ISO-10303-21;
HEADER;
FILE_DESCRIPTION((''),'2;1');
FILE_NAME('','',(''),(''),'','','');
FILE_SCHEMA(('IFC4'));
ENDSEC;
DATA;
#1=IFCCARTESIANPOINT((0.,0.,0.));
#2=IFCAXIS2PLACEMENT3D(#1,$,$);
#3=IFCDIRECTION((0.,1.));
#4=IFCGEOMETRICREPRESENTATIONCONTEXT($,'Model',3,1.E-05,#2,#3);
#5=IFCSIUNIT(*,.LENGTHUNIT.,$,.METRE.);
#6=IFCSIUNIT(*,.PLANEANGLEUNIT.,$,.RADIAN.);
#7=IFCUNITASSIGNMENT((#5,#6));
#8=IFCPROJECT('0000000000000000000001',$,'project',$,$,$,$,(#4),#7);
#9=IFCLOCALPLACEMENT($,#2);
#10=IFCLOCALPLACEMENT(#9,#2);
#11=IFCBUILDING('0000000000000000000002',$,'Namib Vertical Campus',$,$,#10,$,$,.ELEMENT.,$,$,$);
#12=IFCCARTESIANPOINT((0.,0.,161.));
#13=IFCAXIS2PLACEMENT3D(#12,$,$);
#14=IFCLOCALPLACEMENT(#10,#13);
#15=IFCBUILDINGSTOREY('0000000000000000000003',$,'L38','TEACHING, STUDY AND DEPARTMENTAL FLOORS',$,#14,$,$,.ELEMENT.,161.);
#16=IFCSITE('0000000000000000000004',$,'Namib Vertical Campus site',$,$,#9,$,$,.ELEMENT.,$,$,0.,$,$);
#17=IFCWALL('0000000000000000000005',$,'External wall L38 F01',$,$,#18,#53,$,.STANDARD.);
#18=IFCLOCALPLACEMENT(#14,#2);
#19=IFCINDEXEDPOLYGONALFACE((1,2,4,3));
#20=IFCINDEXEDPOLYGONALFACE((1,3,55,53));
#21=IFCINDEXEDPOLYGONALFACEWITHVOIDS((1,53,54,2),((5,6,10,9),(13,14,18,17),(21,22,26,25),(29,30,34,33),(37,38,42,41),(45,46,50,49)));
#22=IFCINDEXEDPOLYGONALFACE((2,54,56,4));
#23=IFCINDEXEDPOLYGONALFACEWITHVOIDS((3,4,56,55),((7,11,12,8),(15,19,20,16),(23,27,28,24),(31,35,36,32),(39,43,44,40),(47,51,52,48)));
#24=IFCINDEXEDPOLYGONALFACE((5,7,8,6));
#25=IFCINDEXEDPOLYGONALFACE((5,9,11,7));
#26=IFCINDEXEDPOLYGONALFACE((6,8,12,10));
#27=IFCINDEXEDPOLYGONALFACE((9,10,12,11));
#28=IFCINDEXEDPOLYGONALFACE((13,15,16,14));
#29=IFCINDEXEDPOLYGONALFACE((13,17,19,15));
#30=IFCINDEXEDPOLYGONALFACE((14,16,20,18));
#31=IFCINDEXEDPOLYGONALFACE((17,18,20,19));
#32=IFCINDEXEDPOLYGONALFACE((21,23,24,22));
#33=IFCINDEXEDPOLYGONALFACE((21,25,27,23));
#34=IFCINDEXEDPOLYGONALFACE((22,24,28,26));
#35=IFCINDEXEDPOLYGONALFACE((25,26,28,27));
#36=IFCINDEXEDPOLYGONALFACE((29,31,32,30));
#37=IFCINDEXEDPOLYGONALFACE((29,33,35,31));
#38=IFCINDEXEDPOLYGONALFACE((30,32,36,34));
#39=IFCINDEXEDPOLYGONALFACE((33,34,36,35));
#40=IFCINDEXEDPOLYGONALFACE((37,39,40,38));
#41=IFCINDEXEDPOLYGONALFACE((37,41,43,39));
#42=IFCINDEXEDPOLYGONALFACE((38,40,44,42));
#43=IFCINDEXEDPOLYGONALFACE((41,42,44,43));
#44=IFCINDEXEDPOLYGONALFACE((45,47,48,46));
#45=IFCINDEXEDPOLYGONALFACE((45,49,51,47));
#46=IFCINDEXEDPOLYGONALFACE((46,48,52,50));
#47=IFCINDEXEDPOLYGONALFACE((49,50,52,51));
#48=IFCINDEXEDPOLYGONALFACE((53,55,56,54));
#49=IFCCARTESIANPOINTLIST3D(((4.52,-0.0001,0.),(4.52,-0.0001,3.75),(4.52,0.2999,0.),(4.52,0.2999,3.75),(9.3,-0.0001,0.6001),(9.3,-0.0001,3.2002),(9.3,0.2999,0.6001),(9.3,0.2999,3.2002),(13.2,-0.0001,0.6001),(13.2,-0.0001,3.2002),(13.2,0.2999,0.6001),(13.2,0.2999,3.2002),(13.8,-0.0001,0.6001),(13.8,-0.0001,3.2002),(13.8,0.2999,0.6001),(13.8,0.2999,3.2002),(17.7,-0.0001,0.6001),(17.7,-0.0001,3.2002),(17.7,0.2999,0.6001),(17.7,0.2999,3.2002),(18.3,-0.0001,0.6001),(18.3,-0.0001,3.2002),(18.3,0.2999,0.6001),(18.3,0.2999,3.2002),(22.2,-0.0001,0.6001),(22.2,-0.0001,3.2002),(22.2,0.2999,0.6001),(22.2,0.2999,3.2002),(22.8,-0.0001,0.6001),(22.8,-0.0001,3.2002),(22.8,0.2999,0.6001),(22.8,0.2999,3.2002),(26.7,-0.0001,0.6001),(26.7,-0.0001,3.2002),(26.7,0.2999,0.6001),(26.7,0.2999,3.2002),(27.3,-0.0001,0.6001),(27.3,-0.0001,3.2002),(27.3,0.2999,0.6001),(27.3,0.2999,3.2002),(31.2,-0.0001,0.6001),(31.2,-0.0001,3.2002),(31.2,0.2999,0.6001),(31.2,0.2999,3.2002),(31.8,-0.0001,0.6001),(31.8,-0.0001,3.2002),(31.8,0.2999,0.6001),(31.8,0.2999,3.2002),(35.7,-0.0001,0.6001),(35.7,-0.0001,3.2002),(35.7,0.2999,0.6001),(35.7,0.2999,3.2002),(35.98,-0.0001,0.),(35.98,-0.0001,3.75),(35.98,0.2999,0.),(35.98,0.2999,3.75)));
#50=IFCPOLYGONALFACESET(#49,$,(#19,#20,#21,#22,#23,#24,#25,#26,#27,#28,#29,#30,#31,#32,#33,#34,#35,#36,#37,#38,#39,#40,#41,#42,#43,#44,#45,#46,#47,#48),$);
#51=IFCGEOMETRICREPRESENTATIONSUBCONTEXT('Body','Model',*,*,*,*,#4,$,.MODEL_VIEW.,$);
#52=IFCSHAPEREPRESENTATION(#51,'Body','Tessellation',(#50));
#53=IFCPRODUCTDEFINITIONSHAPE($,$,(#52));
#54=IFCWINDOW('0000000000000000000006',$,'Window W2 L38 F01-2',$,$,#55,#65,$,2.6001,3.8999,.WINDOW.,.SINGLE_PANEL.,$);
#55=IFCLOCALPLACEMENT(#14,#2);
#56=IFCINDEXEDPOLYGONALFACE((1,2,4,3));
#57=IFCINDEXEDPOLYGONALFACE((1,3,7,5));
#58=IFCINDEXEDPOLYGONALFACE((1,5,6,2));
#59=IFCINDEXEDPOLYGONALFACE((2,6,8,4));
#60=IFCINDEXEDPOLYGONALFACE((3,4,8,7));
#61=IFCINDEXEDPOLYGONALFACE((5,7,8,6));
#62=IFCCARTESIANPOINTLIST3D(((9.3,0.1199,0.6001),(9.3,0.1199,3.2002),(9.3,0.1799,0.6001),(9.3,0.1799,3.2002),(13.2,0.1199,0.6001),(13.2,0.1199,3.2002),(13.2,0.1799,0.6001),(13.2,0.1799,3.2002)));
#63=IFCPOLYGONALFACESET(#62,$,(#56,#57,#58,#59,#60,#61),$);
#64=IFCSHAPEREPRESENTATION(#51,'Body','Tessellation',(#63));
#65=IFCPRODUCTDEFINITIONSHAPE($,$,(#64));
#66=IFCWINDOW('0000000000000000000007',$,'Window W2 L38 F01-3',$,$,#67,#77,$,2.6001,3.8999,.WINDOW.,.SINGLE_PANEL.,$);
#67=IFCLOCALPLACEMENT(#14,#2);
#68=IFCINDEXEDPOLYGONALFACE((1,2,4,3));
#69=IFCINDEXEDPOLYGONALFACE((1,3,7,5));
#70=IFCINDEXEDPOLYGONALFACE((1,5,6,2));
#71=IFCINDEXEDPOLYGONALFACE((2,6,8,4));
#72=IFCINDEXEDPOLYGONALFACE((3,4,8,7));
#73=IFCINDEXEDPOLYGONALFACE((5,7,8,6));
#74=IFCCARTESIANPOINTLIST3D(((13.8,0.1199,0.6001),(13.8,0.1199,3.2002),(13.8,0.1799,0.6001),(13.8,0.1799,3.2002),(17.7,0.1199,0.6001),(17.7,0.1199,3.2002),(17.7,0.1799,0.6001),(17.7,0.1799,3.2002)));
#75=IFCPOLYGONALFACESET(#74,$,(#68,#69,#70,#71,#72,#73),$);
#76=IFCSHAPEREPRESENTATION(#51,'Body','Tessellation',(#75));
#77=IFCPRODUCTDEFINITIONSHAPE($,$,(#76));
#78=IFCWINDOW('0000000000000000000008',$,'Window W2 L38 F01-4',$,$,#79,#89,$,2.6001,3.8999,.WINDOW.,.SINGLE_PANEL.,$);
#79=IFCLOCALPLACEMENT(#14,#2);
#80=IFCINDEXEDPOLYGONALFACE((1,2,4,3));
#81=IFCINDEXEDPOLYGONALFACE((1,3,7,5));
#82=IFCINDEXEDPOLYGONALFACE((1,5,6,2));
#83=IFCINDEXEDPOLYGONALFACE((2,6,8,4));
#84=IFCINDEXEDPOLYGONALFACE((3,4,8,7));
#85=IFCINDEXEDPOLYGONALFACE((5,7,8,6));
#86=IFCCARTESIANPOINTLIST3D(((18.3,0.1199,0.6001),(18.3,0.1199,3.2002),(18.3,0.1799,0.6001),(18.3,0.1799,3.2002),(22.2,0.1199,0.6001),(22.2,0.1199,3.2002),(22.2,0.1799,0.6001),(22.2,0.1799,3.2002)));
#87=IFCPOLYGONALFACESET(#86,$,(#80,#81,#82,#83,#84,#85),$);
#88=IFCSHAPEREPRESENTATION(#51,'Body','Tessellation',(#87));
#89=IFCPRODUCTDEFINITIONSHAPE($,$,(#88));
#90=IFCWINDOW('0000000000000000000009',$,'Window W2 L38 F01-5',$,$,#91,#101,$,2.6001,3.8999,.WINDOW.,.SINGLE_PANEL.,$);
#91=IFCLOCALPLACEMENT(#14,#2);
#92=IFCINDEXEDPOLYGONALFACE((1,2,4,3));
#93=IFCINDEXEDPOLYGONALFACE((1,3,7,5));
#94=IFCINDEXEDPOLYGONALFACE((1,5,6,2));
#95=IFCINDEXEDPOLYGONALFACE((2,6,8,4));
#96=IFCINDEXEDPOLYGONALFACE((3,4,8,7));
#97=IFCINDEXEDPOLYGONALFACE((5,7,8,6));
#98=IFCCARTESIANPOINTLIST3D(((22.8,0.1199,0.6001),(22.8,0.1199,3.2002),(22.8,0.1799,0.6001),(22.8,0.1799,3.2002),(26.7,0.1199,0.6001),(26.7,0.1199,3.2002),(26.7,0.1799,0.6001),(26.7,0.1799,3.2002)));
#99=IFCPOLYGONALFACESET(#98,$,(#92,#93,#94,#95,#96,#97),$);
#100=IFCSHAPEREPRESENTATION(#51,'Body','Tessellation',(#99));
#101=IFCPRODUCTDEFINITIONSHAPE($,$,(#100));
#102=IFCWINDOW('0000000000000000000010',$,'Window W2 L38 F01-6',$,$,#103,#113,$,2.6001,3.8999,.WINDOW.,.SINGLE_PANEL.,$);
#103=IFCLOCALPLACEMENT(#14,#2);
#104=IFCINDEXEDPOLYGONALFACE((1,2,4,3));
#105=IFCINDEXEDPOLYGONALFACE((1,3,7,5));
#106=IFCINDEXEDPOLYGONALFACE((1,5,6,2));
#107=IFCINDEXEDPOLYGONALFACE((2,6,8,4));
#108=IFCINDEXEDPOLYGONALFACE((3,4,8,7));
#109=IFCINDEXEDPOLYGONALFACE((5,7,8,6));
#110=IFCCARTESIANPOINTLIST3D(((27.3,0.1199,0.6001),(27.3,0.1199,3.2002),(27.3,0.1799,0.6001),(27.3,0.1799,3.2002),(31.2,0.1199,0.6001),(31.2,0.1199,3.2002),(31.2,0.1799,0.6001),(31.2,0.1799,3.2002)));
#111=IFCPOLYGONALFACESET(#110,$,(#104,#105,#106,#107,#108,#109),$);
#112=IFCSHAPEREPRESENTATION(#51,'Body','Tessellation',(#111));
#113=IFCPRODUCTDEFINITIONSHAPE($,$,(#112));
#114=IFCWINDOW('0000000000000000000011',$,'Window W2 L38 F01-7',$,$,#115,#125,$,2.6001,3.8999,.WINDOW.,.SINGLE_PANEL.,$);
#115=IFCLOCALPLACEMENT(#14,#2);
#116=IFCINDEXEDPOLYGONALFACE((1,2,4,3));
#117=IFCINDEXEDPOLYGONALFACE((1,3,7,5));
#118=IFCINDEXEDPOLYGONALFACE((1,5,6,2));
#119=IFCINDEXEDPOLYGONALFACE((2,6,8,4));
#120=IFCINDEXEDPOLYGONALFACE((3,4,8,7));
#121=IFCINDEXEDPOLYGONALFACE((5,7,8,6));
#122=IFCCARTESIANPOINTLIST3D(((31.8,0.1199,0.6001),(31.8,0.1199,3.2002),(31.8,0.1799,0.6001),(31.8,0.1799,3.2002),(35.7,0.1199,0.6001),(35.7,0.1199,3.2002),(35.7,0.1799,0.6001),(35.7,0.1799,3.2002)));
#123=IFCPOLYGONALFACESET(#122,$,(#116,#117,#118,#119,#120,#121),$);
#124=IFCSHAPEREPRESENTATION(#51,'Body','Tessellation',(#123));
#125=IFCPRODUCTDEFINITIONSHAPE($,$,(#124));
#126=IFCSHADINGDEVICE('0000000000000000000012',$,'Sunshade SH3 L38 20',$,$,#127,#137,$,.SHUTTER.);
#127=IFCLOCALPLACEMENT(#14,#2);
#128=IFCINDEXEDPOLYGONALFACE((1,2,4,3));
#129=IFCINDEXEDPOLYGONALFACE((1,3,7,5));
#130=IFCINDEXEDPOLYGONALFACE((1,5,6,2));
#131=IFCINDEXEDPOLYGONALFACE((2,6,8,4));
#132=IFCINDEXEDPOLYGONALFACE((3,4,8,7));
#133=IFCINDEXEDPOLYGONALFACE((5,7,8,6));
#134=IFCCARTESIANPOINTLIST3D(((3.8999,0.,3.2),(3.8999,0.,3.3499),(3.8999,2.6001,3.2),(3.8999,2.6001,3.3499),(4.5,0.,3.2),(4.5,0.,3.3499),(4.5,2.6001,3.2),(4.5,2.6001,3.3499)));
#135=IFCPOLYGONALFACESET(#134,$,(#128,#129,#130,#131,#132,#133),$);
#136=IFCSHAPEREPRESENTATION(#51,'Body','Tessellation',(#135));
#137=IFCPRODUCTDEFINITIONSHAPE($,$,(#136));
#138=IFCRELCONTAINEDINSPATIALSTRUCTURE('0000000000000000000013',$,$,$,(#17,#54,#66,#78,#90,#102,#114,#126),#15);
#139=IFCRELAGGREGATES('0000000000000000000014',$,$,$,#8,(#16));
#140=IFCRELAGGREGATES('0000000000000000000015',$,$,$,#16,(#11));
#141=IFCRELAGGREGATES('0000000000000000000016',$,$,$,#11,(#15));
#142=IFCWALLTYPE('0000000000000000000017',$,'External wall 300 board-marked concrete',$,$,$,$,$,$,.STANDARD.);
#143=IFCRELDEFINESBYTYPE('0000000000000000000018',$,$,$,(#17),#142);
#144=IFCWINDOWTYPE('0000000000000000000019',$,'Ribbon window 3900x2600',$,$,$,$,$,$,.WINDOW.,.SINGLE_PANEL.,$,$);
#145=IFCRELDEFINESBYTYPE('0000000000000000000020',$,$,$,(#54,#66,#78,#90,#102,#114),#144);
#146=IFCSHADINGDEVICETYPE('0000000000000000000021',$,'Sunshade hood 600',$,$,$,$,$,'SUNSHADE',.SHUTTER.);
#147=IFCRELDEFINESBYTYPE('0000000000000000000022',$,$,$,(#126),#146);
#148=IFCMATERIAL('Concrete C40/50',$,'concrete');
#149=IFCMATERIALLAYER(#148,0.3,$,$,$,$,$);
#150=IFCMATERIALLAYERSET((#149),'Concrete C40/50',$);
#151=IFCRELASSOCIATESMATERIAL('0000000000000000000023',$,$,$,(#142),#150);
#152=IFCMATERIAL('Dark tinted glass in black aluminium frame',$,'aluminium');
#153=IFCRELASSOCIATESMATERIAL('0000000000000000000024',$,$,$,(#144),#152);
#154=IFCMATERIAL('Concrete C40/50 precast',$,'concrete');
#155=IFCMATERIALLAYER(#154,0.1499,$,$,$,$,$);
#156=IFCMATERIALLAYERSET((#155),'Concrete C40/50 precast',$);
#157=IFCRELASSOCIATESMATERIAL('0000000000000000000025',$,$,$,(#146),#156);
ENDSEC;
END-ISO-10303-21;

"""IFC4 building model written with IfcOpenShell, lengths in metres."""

from ifc_helpers import new_model, si_unit, direction, frame, frame_2d, origin, origin_2d, place, context, subcontext, project, spatial, rectangle, extrude, material, layer, layer_set, type_object, element, fill, save


model = new_model("IFC4")

# Units and contexts
model_context = context("Model", 3, precision=1e-05, world=origin(), true_north=direction((0.0, 1.0)))
body_context = subcontext(model_context, "Body", "Model", "MODEL_VIEW")
ifc_project = project(units=[si_unit("LENGTHUNIT", "METRE"), si_unit("PLANEANGLEUNIT", "RADIAN")], contexts=[model_context])

# Site, building, storey
site_placement = place(None, origin())
site = spatial("IfcSite", under=ifc_project, at=site_placement, Name="Namib Vertical Campus site", CompositionType="ELEMENT", RefElevation=0.0)
building_placement = place(site_placement, origin())
building = spatial("IfcBuilding", under=site, at=building_placement, Name="Namib Vertical Campus", CompositionType="ELEMENT")
storey_placement = place(building_placement, frame((0.0, 0.0, 161.0)))
storey = spatial("IfcBuildingStorey", under=building, at=storey_placement, Name="L38", Description="TEACHING, STUDY AND DEPARTMENTAL FLOORS", CompositionType="ELEMENT", Elevation=161.0)

# Wall, openings, windows
ifc_material_1 = material(Name="Concrete C40/50", Category="concrete")
ifc_layer_1 = layer(ifc_material_1, 0.3)
ifc_layer_set_1 = layer_set([ifc_layer_1], Name="Concrete C40/50")
wall_type = type_object("IfcWallType", Name="External wall 300 board-marked concrete", PredefinedType="STANDARD", material=ifc_layer_set_1)
wall_placement = place(storey_placement, frame((4.52, 0.1499, 0.0), z_axis=(0.0, 0.0, 1.0), x_axis=(1.0, 0.0, 0.0)))
wall = element("IfcWall", 1, at=wall_placement, inside=storey, type_object=wall_type, Name="External wall L38 F01", PredefinedType="STANDARD", context=body_context, shape_type="SweptSolid", body=[
    extrude(rectangle(XDim=31.46, YDim=0.3, at=frame_2d((15.73, 0.0))), origin(), (0.0, 0.0, 1.0), 3.75),
])
opening_1_placement = place(wall_placement, frame((4.78, 0.0, 0.6001)))
opening_1 = element("IfcOpeningElement", 2, at=opening_1_placement, cuts=wall, PredefinedType="OPENING", context=body_context, shape_type="SweptSolid", body=[
    extrude(rectangle(XDim=3.8999, YDim=2.6001, at=frame_2d((1.95, 1.3))), frame((0.0, 0.1599, 0.0), z_axis=(0.0, -1.0, 0.0), x_axis=(1.0, 0.0, 0.0)), (0.0, 0.0, 1.0), 0.3201),
])
opening_2_placement = place(wall_placement, frame((9.28, 0.0, 0.6001)))
opening_2 = element("IfcOpeningElement", 3, at=opening_2_placement, cuts=wall, PredefinedType="OPENING", context=body_context, shape_type="SweptSolid", body=[
    extrude(rectangle(XDim=3.8999, YDim=2.6001, at=frame_2d((1.95, 1.3))), frame((0.0, 0.1599, 0.0), z_axis=(0.0, -1.0, 0.0), x_axis=(1.0, 0.0, 0.0)), (0.0, 0.0, 1.0), 0.3201),
])
opening_3_placement = place(wall_placement, frame((13.78, 0.0, 0.6001)))
opening_3 = element("IfcOpeningElement", 4, at=opening_3_placement, cuts=wall, PredefinedType="OPENING", context=body_context, shape_type="SweptSolid", body=[
    extrude(rectangle(XDim=3.8999, YDim=2.6001, at=frame_2d((1.95, 1.3))), frame((0.0, 0.1599, 0.0), z_axis=(0.0, -1.0, 0.0), x_axis=(1.0, 0.0, 0.0)), (0.0, 0.0, 1.0), 0.3201),
])
opening_4_placement = place(wall_placement, frame((18.28, 0.0, 0.6001)))
opening_4 = element("IfcOpeningElement", 5, at=opening_4_placement, cuts=wall, PredefinedType="OPENING", context=body_context, shape_type="SweptSolid", body=[
    extrude(rectangle(XDim=3.8999, YDim=2.6001, at=frame_2d((1.95, 1.3))), frame((0.0, 0.1599, 0.0), z_axis=(0.0, -1.0, 0.0), x_axis=(1.0, 0.0, 0.0)), (0.0, 0.0, 1.0), 0.3201),
])
opening_5_placement = place(wall_placement, frame((22.78, 0.0, 0.6001)))
opening_5 = element("IfcOpeningElement", 6, at=opening_5_placement, cuts=wall, PredefinedType="OPENING", context=body_context, shape_type="SweptSolid", body=[
    extrude(rectangle(XDim=3.8999, YDim=2.6001, at=frame_2d((1.95, 1.3))), frame((0.0, 0.1599, 0.0), z_axis=(0.0, -1.0, 0.0), x_axis=(1.0, 0.0, 0.0)), (0.0, 0.0, 1.0), 0.3201),
])
opening_6_placement = place(wall_placement, frame((27.28, 0.0, 0.6001)))
opening_6 = element("IfcOpeningElement", 7, at=opening_6_placement, cuts=wall, PredefinedType="OPENING", context=body_context, shape_type="SweptSolid", body=[
    extrude(rectangle(XDim=3.8999, YDim=2.6001, at=frame_2d((1.95, 1.3))), frame((0.0, 0.1599, 0.0), z_axis=(0.0, -1.0, 0.0), x_axis=(1.0, 0.0, 0.0)), (0.0, 0.0, 1.0), 0.3201),
])
ifc_material_2 = material(Name="Dark tinted glass in black aluminium frame", Category="aluminium")
window_type = type_object("IfcWindowType", Name="Ribbon window 3900x2600", PartitioningType="SINGLE_PANEL", PredefinedType="WINDOW", material=ifc_material_2)
window_1_placement = place(opening_1_placement, origin())
window_1 = element("IfcWindow", 8, at=window_1_placement, inside=storey, type_object=window_type, Name="Window W2 L38 F01-2", OverallHeight=2.6001, OverallWidth=3.8999, PartitioningType="SINGLE_PANEL", PredefinedType="WINDOW", context=body_context, shape_type="SweptSolid", body=[
    extrude(rectangle(XDim=3.8999, YDim=2.6001, at=frame_2d((1.95, 1.3))), frame((0.0, 0.03, 0.0), z_axis=(0.0, -1.0, 0.0), x_axis=(1.0, 0.0, 0.0)), (0.0, 0.0, 1.0), 0.0601),
])
fill(opening_1, window_1)
window_2_placement = place(opening_2_placement, origin())
window_2 = element("IfcWindow", 9, at=window_2_placement, inside=storey, type_object=window_type, Name="Window W2 L38 F01-3", OverallHeight=2.6001, OverallWidth=3.8999, PartitioningType="SINGLE_PANEL", PredefinedType="WINDOW", context=body_context, shape_type="SweptSolid", body=[
    extrude(rectangle(XDim=3.8999, YDim=2.6001, at=frame_2d((1.95, 1.3))), frame((0.0, 0.03, 0.0), z_axis=(0.0, -1.0, 0.0), x_axis=(1.0, 0.0, 0.0)), (0.0, 0.0, 1.0), 0.0601),
])
fill(opening_2, window_2)
window_3_placement = place(opening_3_placement, origin())
window_3 = element("IfcWindow", 10, at=window_3_placement, inside=storey, type_object=window_type, Name="Window W2 L38 F01-4", OverallHeight=2.6001, OverallWidth=3.8999, PartitioningType="SINGLE_PANEL", PredefinedType="WINDOW", context=body_context, shape_type="SweptSolid", body=[
    extrude(rectangle(XDim=3.8999, YDim=2.6001, at=frame_2d((1.95, 1.3))), frame((0.0, 0.03, 0.0), z_axis=(0.0, -1.0, 0.0), x_axis=(1.0, 0.0, 0.0)), (0.0, 0.0, 1.0), 0.0601),
])
fill(opening_3, window_3)
window_4_placement = place(opening_4_placement, origin())
window_4 = element("IfcWindow", 11, at=window_4_placement, inside=storey, type_object=window_type, Name="Window W2 L38 F01-5", OverallHeight=2.6001, OverallWidth=3.8999, PartitioningType="SINGLE_PANEL", PredefinedType="WINDOW", context=body_context, shape_type="SweptSolid", body=[
    extrude(rectangle(XDim=3.8999, YDim=2.6001, at=frame_2d((1.95, 1.3))), frame((0.0, 0.03, 0.0), z_axis=(0.0, -1.0, 0.0), x_axis=(1.0, 0.0, 0.0)), (0.0, 0.0, 1.0), 0.0601),
])
fill(opening_4, window_4)
window_5_placement = place(opening_5_placement, origin())
window_5 = element("IfcWindow", 12, at=window_5_placement, inside=storey, type_object=window_type, Name="Window W2 L38 F01-6", OverallHeight=2.6001, OverallWidth=3.8999, PartitioningType="SINGLE_PANEL", PredefinedType="WINDOW", context=body_context, shape_type="SweptSolid", body=[
    extrude(rectangle(XDim=3.8999, YDim=2.6001, at=frame_2d((1.95, 1.3))), frame((0.0, 0.03, 0.0), z_axis=(0.0, -1.0, 0.0), x_axis=(1.0, 0.0, 0.0)), (0.0, 0.0, 1.0), 0.0601),
])
fill(opening_5, window_5)
window_6_placement = place(opening_6_placement, origin())
window_6 = element("IfcWindow", 13, at=window_6_placement, inside=storey, type_object=window_type, Name="Window W2 L38 F01-7", OverallHeight=2.6001, OverallWidth=3.8999, PartitioningType="SINGLE_PANEL", PredefinedType="WINDOW", context=body_context, shape_type="SweptSolid", body=[
    extrude(rectangle(XDim=3.8999, YDim=2.6001, at=frame_2d((1.95, 1.3))), frame((0.0, 0.03, 0.0), z_axis=(0.0, -1.0, 0.0), x_axis=(1.0, 0.0, 0.0)), (0.0, 0.0, 1.0), 0.0601),
])
fill(opening_6, window_6)

# Shading device
ifc_material_3 = material(Name="Concrete C40/50 precast", Category="concrete")
ifc_layer_2 = layer(ifc_material_3, 0.1499)
ifc_layer_set_2 = layer_set([ifc_layer_2], Name="Concrete C40/50 precast")
shading_device_type = type_object("IfcShadingDeviceType", Name="Sunshade hood 600", ElementType="SUNSHADE", PredefinedType="SHUTTER", material=ifc_layer_set_2)
shading_device_placement = place(storey_placement, frame((4.2, 1.3, 3.2), z_axis=(0.0, 0.0, 1.0), x_axis=(0.0, -1.0, 0.0)))
element("IfcShadingDevice", 14, at=shading_device_placement, inside=storey, type_object=shading_device_type, Name="Sunshade SH3 L38 20", PredefinedType="SHUTTER", context=body_context, shape_type="SweptSolid", body=[
    extrude(rectangle(XDim=2.6001, YDim=0.6001, at=origin_2d()), origin(), (0.0, 0.0, 1.0), 0.1499),
])

save(model, "model.ifc")
